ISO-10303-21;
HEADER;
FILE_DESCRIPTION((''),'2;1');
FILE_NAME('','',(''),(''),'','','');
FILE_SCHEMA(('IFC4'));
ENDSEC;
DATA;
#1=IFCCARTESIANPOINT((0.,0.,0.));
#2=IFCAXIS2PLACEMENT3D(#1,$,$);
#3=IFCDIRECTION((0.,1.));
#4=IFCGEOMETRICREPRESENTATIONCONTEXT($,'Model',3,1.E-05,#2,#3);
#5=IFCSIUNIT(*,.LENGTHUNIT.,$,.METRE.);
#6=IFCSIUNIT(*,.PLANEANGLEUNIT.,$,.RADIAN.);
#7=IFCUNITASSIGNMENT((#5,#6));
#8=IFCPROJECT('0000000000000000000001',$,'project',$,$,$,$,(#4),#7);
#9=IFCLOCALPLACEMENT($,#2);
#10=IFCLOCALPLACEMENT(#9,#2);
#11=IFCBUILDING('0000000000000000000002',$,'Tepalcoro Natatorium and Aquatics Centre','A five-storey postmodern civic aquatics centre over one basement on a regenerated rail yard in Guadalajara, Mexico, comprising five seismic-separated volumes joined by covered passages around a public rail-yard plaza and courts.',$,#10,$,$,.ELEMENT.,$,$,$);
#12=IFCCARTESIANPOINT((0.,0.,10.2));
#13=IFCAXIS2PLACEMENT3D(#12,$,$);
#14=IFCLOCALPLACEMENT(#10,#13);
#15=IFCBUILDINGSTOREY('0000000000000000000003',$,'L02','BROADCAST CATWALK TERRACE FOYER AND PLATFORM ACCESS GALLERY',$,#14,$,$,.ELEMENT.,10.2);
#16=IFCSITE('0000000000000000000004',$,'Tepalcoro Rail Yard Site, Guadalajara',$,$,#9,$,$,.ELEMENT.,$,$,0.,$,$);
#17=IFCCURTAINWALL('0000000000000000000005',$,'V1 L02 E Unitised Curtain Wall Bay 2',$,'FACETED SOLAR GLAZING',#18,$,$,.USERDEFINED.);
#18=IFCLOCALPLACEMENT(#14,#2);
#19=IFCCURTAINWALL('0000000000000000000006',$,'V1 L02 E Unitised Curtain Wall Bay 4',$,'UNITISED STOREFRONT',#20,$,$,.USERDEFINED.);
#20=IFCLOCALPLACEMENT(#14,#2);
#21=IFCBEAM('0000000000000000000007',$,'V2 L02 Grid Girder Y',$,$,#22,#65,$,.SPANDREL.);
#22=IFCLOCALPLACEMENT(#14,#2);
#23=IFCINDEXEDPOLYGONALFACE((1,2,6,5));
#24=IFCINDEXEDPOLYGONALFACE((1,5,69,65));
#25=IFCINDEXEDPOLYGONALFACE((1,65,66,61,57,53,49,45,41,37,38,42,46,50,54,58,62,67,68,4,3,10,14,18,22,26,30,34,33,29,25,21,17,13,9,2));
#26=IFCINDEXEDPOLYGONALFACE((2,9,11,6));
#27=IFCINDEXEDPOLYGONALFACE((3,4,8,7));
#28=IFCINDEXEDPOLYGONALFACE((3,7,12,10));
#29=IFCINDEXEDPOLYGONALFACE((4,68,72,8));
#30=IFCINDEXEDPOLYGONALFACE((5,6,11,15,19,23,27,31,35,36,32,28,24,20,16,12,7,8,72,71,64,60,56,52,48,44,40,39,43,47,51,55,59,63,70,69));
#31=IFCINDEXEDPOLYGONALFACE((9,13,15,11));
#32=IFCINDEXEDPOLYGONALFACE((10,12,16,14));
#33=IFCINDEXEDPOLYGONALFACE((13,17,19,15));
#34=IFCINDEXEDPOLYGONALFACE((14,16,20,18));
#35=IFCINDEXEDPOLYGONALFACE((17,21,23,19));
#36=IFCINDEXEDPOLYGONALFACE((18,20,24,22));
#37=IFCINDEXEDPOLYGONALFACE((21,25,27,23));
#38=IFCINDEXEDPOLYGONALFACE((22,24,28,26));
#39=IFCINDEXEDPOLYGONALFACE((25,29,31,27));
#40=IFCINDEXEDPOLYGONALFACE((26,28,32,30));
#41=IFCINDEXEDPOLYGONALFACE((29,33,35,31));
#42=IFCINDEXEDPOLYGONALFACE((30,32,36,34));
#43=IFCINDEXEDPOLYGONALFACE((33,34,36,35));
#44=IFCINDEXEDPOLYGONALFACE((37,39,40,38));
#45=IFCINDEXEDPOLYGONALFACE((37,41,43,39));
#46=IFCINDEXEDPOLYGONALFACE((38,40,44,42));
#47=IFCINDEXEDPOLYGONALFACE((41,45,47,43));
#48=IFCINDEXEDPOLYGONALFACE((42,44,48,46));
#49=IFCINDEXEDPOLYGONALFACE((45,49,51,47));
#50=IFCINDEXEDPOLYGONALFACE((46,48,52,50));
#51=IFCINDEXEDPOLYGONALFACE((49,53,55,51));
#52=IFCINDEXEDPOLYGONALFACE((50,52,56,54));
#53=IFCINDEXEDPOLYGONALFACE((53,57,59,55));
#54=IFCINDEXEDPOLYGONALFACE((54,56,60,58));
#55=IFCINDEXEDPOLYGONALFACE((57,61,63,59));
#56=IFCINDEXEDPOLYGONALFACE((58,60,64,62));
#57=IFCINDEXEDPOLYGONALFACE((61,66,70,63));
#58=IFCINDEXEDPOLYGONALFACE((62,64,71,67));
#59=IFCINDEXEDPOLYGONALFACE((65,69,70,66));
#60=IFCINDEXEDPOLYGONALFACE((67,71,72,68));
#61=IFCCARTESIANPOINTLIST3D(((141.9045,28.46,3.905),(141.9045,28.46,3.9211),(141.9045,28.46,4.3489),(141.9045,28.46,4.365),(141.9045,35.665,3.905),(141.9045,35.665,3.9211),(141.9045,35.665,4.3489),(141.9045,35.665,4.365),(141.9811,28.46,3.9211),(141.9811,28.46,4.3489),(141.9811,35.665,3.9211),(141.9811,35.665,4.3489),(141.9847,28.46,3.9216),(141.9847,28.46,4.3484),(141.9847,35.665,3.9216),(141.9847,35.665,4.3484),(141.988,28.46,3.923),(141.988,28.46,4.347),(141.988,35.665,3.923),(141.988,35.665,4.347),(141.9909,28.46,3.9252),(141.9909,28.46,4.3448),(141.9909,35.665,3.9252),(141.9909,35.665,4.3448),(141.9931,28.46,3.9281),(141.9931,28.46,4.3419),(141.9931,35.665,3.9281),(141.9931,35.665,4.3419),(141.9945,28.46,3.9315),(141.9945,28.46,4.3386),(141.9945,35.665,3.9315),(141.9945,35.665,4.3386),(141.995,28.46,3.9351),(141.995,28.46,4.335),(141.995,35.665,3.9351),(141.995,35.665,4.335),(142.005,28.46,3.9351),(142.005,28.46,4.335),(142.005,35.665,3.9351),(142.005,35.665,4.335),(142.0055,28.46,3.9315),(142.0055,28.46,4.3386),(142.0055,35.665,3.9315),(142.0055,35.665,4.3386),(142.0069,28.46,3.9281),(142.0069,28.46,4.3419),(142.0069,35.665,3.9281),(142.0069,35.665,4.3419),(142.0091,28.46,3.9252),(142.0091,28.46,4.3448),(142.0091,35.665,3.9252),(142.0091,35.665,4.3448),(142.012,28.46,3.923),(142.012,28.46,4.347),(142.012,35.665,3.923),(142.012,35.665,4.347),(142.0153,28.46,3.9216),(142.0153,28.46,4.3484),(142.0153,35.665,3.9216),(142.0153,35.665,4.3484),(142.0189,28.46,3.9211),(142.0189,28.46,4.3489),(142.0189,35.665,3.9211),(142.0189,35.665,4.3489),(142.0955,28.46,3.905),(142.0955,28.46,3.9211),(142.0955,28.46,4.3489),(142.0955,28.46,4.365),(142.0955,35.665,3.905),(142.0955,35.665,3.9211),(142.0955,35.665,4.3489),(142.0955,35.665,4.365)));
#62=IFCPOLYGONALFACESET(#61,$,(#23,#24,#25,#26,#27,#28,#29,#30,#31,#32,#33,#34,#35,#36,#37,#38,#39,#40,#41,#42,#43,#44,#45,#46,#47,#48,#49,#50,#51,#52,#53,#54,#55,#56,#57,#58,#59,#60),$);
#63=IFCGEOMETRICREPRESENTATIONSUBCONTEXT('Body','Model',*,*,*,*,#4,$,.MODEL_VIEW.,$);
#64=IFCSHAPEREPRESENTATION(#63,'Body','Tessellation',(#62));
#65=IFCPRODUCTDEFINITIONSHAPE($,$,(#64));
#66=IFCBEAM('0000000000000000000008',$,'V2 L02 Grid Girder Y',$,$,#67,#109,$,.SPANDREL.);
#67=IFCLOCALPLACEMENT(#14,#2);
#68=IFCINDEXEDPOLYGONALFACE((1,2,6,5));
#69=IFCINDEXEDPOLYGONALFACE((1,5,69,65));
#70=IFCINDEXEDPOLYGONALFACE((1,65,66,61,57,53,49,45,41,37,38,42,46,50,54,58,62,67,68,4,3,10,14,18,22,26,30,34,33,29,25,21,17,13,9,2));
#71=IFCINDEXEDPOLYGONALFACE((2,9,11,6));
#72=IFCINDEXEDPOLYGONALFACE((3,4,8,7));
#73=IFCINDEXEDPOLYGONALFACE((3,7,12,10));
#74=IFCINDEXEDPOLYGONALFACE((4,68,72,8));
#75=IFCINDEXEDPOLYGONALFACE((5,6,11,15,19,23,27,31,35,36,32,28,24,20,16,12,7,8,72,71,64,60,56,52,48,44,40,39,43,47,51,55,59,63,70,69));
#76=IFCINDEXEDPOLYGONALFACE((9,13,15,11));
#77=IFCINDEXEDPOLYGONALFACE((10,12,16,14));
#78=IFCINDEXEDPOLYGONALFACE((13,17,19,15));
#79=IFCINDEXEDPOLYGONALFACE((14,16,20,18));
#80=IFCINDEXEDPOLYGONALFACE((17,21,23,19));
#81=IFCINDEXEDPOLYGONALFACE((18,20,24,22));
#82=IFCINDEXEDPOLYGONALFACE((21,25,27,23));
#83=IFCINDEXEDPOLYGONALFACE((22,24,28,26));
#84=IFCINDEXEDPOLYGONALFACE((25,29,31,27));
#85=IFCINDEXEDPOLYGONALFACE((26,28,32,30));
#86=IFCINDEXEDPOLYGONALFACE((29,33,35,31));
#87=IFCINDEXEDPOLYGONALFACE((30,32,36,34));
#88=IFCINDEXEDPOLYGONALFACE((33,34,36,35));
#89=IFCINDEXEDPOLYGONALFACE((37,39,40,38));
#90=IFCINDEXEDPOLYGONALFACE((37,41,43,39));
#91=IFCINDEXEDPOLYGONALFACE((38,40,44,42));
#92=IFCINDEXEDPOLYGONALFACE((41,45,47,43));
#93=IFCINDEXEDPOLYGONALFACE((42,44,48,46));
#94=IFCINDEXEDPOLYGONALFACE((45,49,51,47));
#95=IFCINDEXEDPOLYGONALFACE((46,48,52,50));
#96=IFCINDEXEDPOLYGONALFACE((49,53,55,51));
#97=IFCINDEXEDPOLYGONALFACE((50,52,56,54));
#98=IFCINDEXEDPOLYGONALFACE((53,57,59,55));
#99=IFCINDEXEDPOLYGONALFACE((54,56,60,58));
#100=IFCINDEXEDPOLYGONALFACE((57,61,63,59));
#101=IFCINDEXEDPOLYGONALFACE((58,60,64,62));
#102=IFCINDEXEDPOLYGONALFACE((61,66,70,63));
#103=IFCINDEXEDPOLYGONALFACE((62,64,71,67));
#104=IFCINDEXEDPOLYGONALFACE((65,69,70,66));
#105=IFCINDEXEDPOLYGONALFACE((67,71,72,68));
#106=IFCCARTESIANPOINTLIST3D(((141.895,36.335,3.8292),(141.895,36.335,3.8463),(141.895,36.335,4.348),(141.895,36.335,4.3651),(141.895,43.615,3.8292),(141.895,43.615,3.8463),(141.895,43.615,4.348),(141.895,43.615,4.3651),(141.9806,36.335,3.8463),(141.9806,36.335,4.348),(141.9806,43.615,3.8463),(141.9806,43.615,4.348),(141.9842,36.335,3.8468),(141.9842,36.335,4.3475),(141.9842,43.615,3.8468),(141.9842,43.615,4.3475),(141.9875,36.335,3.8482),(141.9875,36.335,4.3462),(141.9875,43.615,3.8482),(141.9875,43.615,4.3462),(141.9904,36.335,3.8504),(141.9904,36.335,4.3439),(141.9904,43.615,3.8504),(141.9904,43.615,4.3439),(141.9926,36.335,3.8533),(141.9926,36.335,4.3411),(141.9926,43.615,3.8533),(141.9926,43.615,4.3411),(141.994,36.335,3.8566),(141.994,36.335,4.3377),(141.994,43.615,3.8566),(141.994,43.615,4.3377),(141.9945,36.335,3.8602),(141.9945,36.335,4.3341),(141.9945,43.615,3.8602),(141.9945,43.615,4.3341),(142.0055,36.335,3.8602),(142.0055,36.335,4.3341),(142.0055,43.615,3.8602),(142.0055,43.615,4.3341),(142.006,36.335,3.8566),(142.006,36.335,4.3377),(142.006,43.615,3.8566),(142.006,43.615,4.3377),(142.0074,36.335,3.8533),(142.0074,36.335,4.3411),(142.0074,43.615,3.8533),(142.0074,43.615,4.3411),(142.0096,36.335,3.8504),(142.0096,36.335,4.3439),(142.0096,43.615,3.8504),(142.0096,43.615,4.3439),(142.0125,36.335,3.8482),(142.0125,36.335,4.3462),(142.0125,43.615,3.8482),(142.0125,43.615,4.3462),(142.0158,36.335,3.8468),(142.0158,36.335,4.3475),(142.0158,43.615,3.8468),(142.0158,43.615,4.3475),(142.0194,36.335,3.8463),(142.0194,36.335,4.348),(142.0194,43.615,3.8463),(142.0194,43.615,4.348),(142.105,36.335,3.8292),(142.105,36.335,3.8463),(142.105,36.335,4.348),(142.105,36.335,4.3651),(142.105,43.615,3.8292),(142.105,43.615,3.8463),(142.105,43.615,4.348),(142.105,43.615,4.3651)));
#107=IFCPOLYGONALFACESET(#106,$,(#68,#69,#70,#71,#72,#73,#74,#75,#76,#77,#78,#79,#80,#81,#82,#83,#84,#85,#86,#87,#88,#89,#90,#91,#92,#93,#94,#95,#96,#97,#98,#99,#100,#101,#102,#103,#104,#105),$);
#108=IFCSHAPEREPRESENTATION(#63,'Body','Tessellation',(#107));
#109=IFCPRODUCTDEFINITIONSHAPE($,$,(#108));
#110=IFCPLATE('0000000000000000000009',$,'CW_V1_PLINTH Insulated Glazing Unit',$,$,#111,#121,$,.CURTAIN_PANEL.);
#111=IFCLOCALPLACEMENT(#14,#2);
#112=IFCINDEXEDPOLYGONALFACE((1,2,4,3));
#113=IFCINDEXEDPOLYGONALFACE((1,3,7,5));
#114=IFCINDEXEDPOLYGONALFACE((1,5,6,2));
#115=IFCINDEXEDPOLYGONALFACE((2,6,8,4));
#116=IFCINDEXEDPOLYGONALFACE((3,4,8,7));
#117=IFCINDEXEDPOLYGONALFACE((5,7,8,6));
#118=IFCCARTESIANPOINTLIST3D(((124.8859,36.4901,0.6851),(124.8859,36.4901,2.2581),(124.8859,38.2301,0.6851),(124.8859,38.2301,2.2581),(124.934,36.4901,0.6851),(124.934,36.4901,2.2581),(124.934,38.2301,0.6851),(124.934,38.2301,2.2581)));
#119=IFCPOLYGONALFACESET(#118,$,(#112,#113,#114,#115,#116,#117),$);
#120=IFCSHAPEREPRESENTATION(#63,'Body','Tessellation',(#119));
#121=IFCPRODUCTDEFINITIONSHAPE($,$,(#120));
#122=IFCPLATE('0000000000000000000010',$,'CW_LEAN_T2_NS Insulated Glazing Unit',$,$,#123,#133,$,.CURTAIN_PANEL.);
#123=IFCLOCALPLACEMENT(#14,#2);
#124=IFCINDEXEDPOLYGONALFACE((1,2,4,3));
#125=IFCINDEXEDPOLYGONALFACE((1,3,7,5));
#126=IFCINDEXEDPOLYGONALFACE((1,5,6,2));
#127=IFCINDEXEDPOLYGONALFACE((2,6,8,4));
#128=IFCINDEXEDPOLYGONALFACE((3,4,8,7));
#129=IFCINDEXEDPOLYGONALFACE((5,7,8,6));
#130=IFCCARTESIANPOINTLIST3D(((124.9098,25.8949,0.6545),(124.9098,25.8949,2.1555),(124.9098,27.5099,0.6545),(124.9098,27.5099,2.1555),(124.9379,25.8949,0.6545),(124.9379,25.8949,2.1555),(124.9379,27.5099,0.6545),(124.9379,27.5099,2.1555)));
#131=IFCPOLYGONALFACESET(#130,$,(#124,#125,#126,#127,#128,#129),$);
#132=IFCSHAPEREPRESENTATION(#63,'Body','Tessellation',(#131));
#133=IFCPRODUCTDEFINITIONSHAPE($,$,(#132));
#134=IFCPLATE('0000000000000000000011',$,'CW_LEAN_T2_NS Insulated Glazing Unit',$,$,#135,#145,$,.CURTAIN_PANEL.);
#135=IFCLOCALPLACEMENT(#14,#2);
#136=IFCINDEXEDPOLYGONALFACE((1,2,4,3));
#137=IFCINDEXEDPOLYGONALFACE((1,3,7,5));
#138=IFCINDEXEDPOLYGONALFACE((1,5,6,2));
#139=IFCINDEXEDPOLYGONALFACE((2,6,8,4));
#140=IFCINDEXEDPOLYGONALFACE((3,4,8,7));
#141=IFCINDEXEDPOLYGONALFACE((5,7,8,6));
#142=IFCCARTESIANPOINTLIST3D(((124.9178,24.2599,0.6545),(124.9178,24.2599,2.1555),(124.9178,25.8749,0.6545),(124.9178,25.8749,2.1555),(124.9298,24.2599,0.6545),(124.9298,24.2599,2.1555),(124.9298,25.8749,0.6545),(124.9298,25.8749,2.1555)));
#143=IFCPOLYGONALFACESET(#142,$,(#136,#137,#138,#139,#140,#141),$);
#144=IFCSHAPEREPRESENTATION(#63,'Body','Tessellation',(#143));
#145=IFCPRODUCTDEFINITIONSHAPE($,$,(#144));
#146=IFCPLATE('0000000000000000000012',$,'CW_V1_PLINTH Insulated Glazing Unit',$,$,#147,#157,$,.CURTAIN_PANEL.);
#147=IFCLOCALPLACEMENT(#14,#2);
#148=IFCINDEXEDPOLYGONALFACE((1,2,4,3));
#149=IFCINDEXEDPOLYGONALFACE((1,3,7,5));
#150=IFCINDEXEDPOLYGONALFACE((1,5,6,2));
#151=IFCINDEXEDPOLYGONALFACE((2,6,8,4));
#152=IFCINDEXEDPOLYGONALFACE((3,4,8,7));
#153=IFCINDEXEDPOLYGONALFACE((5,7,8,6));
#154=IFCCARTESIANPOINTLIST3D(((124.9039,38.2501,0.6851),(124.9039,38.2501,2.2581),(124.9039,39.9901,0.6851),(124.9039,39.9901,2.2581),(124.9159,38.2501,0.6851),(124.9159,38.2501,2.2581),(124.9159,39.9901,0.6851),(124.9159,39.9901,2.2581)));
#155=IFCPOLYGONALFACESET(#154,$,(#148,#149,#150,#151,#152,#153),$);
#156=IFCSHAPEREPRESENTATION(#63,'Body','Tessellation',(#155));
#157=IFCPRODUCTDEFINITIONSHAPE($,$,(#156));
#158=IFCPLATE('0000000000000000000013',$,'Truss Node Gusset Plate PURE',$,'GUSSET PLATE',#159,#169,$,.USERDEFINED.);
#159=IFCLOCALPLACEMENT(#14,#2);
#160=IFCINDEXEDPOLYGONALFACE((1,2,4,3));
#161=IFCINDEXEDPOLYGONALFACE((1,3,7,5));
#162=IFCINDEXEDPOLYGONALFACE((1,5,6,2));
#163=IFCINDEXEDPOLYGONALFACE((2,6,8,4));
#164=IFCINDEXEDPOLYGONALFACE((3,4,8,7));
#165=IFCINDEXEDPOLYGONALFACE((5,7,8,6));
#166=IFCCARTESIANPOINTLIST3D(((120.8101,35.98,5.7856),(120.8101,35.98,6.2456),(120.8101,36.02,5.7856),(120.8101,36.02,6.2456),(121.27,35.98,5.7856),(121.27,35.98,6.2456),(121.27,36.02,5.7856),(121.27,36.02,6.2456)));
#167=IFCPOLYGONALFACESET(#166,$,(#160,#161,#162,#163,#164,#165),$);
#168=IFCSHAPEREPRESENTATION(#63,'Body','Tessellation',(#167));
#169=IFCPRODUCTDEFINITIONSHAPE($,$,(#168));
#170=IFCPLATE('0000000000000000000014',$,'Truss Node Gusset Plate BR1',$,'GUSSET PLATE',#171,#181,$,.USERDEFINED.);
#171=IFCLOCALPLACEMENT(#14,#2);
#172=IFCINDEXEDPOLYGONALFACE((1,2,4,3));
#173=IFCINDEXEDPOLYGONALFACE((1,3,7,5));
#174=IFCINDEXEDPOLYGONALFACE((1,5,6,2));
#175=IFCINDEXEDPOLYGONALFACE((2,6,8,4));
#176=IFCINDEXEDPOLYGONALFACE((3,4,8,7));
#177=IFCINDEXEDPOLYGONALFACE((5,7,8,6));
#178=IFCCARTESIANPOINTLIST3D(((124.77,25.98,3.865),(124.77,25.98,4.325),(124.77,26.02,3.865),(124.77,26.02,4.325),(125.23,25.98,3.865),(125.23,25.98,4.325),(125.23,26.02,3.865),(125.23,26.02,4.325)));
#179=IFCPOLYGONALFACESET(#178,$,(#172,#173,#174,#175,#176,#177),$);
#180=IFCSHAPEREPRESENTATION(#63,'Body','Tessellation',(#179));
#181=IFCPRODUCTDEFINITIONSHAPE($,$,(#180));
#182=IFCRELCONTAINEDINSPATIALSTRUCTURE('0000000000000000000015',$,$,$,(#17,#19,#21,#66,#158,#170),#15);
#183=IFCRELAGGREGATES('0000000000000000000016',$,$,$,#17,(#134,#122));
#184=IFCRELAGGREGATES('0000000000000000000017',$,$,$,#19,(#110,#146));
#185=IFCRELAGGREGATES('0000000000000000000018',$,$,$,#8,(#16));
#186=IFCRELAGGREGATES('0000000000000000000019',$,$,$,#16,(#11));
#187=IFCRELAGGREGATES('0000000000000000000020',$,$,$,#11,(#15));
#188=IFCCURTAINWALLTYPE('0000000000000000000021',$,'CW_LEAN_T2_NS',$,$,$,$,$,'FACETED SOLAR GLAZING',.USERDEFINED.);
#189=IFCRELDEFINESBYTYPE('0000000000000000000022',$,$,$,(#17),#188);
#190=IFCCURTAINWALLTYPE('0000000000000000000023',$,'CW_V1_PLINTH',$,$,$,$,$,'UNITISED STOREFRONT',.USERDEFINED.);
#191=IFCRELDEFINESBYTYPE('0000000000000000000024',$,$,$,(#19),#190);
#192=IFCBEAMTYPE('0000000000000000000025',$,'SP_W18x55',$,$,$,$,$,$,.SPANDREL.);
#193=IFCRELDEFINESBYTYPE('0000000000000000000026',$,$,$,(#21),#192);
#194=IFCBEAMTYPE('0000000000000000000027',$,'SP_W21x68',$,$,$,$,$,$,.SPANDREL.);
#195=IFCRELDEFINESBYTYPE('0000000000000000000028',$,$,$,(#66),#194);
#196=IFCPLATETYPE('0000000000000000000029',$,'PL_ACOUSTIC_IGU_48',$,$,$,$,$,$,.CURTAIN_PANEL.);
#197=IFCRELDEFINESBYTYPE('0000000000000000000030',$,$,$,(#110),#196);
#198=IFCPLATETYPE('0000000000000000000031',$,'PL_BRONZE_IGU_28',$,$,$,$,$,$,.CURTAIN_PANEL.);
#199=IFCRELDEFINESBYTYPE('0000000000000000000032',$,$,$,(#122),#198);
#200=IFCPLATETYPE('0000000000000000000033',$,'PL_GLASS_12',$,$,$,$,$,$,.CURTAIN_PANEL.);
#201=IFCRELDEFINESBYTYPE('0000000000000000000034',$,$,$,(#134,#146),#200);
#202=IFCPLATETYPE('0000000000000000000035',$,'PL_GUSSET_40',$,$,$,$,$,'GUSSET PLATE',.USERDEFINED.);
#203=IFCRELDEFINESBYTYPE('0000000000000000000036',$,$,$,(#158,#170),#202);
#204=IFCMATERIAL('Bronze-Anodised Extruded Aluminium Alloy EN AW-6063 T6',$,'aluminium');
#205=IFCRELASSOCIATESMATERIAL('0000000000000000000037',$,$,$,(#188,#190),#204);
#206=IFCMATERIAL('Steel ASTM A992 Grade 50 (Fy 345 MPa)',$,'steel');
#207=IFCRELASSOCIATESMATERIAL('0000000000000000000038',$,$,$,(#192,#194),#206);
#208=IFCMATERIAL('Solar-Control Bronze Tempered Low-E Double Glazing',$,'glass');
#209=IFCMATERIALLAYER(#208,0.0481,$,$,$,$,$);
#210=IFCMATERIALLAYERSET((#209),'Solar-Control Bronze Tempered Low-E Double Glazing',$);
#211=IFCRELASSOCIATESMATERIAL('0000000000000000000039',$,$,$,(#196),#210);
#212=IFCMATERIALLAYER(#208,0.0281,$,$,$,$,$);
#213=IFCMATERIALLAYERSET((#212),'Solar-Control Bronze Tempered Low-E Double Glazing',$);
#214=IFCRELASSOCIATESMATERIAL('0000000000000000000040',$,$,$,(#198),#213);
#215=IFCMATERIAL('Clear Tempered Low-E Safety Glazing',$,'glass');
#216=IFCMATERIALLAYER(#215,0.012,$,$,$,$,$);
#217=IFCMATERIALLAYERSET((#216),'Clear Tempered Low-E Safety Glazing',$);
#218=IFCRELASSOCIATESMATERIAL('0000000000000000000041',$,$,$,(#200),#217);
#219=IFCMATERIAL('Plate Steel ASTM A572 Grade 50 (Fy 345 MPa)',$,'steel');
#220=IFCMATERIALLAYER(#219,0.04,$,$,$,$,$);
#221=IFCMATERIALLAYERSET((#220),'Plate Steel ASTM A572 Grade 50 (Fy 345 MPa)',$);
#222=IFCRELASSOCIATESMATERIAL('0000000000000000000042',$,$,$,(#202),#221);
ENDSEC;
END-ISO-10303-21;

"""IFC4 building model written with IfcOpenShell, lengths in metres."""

from ifc_helpers import new_model, si_unit, direction, frame, origin, origin_2d, place, context, subcontext, project, spatial, rectangle, i_section, extrude, material, layer, layer_set, material_profile, profile_set, type_object, element, aggregate, save


model = new_model("IFC4")

# Units and contexts
model_context = context("Model", 3, precision=1e-05, world=origin(), true_north=direction((0.0, 1.0)))
body_context = subcontext(model_context, "Body", "Model", "MODEL_VIEW")
ifc_project = project(units=[si_unit("LENGTHUNIT", "METRE"), si_unit("PLANEANGLEUNIT", "RADIAN")], contexts=[model_context])

# Site, building, storey
site_placement = place(None, origin())
site = spatial("IfcSite", under=ifc_project, at=site_placement, Name="Tepalcoro Rail Yard Site, Guadalajara", CompositionType="ELEMENT", RefElevation=0.0)
building_placement = place(site_placement, origin())
building = spatial("IfcBuilding", under=site, at=building_placement, Name="Tepalcoro Natatorium and Aquatics Centre", Description="A five-storey postmodern civic aquatics centre over one basement on a regenerated rail yard in Guadalajara, Mexico, comprising five seismic-separated volumes joined by covered passages around a public rail-yard plaza and courts.", CompositionType="ELEMENT")
storey_placement = place(building_placement, frame((0.0, 0.0, 10.2)))
storey = spatial("IfcBuildingStorey", under=building, at=storey_placement, Name="L02", Description="BROADCAST CATWALK TERRACE FOYER AND PLATFORM ACCESS GALLERY", CompositionType="ELEMENT", Elevation=10.2)

# Shared definitions
ifc_material_1 = material(Name="Steel ASTM A992 Grade 50 (Fy 345 MPa)", Category="steel")

# Curtain walls
ifc_material_2 = material(Name="Bronze-Anodised Extruded Aluminium Alloy EN AW-6063 T6", Category="aluminium")
curtain_wall_type_1 = type_object("IfcCurtainWallType", Name="CW_LEAN_T2_NS", ElementType="FACETED SOLAR GLAZING", PredefinedType="USERDEFINED", material=ifc_material_2)
curtain_wall_1_placement = place(storey_placement, origin())
curtain_wall_1 = element("IfcCurtainWall", 1, at=curtain_wall_1_placement, inside=storey, type_object=curtain_wall_type_1, Name="V1 L02 E Unitised Curtain Wall Bay 2", ObjectType="FACETED SOLAR GLAZING", PredefinedType="USERDEFINED")
curtain_wall_type_2 = type_object("IfcCurtainWallType", Name="CW_V1_PLINTH", ElementType="UNITISED STOREFRONT", PredefinedType="USERDEFINED", material=ifc_material_2)
curtain_wall_2_placement = place(storey_placement, origin())
curtain_wall_2 = element("IfcCurtainWall", 2, at=curtain_wall_2_placement, inside=storey, type_object=curtain_wall_type_2, Name="V1 L02 E Unitised Curtain Wall Bay 4", ObjectType="UNITISED STOREFRONT", PredefinedType="USERDEFINED")

# Beams
ifc_material_profile_1 = material_profile(ifc_material_1, i_section(OverallWidth=0.1909, OverallDepth=0.46, WebThickness=0.01, FlangeThickness=0.0161, FilletRadius=0.0139, at=origin_2d()), Name="W18X55")
ifc_profile_set_1 = profile_set([ifc_material_profile_1], Name="Steel ASTM A992 Grade 50 (Fy 345 MPa)")
beam_type_1 = type_object("IfcBeamType", Name="SP_W18x55", PredefinedType="SPANDREL", material=ifc_profile_set_1)
beam_1_placement = place(storey_placement, frame((142.0, 28.46, 4.135), z_axis=(0.0, 1.0, 0.0), x_axis=(-1.0, 0.0, 0.0)))
element("IfcBeam", 3, at=beam_1_placement, inside=storey, type_object=beam_type_1, Name="V2 L02 Grid Girder Y", PredefinedType="SPANDREL", context=body_context, shape_type="SweptSolid", body=[
    extrude(i_section(OverallWidth=0.1909, OverallDepth=0.46, WebThickness=0.01, FlangeThickness=0.0161, FilletRadius=0.0139, at=origin_2d()), origin(), (0.0, 0.0, 1.0), 7.2051),
])
ifc_material_profile_2 = material_profile(ifc_material_1, i_section(OverallWidth=0.21, OverallDepth=0.5359, WebThickness=0.011, FlangeThickness=0.0171, FilletRadius=0.0139, at=origin_2d()), Name="W21X68")
ifc_profile_set_2 = profile_set([ifc_material_profile_2], Name="Steel ASTM A992 Grade 50 (Fy 345 MPa)")
beam_type_2 = type_object("IfcBeamType", Name="SP_W21x68", PredefinedType="SPANDREL", material=ifc_profile_set_2)
beam_2_placement = place(storey_placement, frame((142.0, 36.335, 4.0972), z_axis=(0.0, 1.0, 0.0), x_axis=(-1.0, 0.0, 0.0)))
element("IfcBeam", 4, at=beam_2_placement, inside=storey, type_object=beam_type_2, Name="V2 L02 Grid Girder Y", PredefinedType="SPANDREL", context=body_context, shape_type="SweptSolid", body=[
    extrude(i_section(OverallWidth=0.21, OverallDepth=0.5359, WebThickness=0.011, FlangeThickness=0.0171, FilletRadius=0.0139, at=origin_2d()), origin(), (0.0, 0.0, 1.0), 7.28),
])

# Plates
ifc_material_3 = material(Name="Solar-Control Bronze Tempered Low-E Double Glazing", Category="glass")
ifc_layer_1 = layer(ifc_material_3, 0.0481)
ifc_layer_set_1 = layer_set([ifc_layer_1], Name="Solar-Control Bronze Tempered Low-E Double Glazing")
plate_type_1 = type_object("IfcPlateType", Name="PL_ACOUSTIC_IGU_48", PredefinedType="CURTAIN_PANEL", material=ifc_layer_set_1)
plate_1_placement = place(storey_placement, frame((124.9099, 37.3601, 0.6851), z_axis=(0.0, 0.0, 1.0), x_axis=(1.0, 0.0, 0.0)))
plate_1 = element("IfcPlate", 5, at=plate_1_placement, type_object=plate_type_1, Name="CW_V1_PLINTH Insulated Glazing Unit", PredefinedType="CURTAIN_PANEL", context=body_context, shape_type="SweptSolid", body=[
    extrude(rectangle(XDim=0.0481, YDim=1.74, at=origin_2d()), origin(), (0.0, 0.0, 1.0), 1.573),
])
ifc_layer_2 = layer(ifc_material_3, 0.0281)
ifc_layer_set_2 = layer_set([ifc_layer_2], Name="Solar-Control Bronze Tempered Low-E Double Glazing")
plate_type_2 = type_object("IfcPlateType", Name="PL_BRONZE_IGU_28", PredefinedType="CURTAIN_PANEL", material=ifc_layer_set_2)
plate_2_placement = place(storey_placement, frame((124.9238, 26.7024, 0.6545), z_axis=(0.0, 0.0, 1.0), x_axis=(1.0, 0.0, 0.0)))
plate_2 = element("IfcPlate", 6, at=plate_2_placement, type_object=plate_type_2, Name="CW_LEAN_T2_NS Insulated Glazing Unit", PredefinedType="CURTAIN_PANEL", context=body_context, shape_type="SweptSolid", body=[
    extrude(rectangle(XDim=0.0281, YDim=1.615, at=origin_2d()), origin(), (0.0, 0.0, 1.0), 1.501),
])
ifc_material_4 = material(Name="Clear Tempered Low-E Safety Glazing", Category="glass")
ifc_layer_3 = layer(ifc_material_4, 0.012)
ifc_layer_set_3 = layer_set([ifc_layer_3], Name="Clear Tempered Low-E Safety Glazing")
plate_type_3 = type_object("IfcPlateType", Name="PL_GLASS_12", PredefinedType="CURTAIN_PANEL", material=ifc_layer_set_3)
plate_3_placement = place(storey_placement, frame((124.9238, 25.0674, 0.6545), z_axis=(0.0, 0.0, 1.0), x_axis=(1.0, 0.0, 0.0)))
plate_3 = element("IfcPlate", 7, at=plate_3_placement, type_object=plate_type_3, Name="CW_LEAN_T2_NS Insulated Glazing Unit", PredefinedType="CURTAIN_PANEL", context=body_context, shape_type="SweptSolid", body=[
    extrude(rectangle(XDim=0.012, YDim=1.615, at=origin_2d()), origin(), (0.0, 0.0, 1.0), 1.501),
])
plate_4_placement = place(storey_placement, frame((124.9099, 39.1201, 0.6851), z_axis=(0.0, 0.0, 1.0), x_axis=(1.0, 0.0, 0.0)))
plate_4 = element("IfcPlate", 8, at=plate_4_placement, type_object=plate_type_3, Name="CW_V1_PLINTH Insulated Glazing Unit", PredefinedType="CURTAIN_PANEL", context=body_context, shape_type="SweptSolid", body=[
    extrude(rectangle(XDim=0.012, YDim=1.74, at=origin_2d()), origin(), (0.0, 0.0, 1.0), 1.573),
])

# Plates
ifc_material_5 = material(Name="Plate Steel ASTM A572 Grade 50 (Fy 345 MPa)", Category="steel")
ifc_layer_4 = layer(ifc_material_5, 0.04)
ifc_layer_set_4 = layer_set([ifc_layer_4], Name="Plate Steel ASTM A572 Grade 50 (Fy 345 MPa)")
plate_type_4 = type_object("IfcPlateType", Name="PL_GUSSET_40", ElementType="GUSSET PLATE", PredefinedType="USERDEFINED", material=ifc_layer_set_4)
for number, where, z_axis, x_axis, name in (
    (9, (121.04, 36.0, 5.7856), (0.0, 0.0, 1.0), (1.0, 0.0, 0.0), "Truss Node Gusset Plate PURE"),
    (10, (125.0, 26.0, 3.865), (0.0, 0.0, 1.0), (1.0, 0.0, 0.0), "Truss Node Gusset Plate BR1"),
):
    element("IfcPlate", number, at=place(storey_placement, frame(where, z_axis=z_axis, x_axis=x_axis)), inside=storey, type_object=plate_type_4, Name=name, ObjectType="GUSSET PLATE", PredefinedType="USERDEFINED", context=body_context, shape_type="SweptSolid", body=[
        extrude(rectangle(XDim=0.46, YDim=0.04, at=origin_2d()), origin(), (0.0, 0.0, 1.0), 0.46),
    ])

aggregate(curtain_wall_1, [plate_3, plate_2])
aggregate(curtain_wall_2, [plate_1, plate_4])

save(model, "model.ifc")
